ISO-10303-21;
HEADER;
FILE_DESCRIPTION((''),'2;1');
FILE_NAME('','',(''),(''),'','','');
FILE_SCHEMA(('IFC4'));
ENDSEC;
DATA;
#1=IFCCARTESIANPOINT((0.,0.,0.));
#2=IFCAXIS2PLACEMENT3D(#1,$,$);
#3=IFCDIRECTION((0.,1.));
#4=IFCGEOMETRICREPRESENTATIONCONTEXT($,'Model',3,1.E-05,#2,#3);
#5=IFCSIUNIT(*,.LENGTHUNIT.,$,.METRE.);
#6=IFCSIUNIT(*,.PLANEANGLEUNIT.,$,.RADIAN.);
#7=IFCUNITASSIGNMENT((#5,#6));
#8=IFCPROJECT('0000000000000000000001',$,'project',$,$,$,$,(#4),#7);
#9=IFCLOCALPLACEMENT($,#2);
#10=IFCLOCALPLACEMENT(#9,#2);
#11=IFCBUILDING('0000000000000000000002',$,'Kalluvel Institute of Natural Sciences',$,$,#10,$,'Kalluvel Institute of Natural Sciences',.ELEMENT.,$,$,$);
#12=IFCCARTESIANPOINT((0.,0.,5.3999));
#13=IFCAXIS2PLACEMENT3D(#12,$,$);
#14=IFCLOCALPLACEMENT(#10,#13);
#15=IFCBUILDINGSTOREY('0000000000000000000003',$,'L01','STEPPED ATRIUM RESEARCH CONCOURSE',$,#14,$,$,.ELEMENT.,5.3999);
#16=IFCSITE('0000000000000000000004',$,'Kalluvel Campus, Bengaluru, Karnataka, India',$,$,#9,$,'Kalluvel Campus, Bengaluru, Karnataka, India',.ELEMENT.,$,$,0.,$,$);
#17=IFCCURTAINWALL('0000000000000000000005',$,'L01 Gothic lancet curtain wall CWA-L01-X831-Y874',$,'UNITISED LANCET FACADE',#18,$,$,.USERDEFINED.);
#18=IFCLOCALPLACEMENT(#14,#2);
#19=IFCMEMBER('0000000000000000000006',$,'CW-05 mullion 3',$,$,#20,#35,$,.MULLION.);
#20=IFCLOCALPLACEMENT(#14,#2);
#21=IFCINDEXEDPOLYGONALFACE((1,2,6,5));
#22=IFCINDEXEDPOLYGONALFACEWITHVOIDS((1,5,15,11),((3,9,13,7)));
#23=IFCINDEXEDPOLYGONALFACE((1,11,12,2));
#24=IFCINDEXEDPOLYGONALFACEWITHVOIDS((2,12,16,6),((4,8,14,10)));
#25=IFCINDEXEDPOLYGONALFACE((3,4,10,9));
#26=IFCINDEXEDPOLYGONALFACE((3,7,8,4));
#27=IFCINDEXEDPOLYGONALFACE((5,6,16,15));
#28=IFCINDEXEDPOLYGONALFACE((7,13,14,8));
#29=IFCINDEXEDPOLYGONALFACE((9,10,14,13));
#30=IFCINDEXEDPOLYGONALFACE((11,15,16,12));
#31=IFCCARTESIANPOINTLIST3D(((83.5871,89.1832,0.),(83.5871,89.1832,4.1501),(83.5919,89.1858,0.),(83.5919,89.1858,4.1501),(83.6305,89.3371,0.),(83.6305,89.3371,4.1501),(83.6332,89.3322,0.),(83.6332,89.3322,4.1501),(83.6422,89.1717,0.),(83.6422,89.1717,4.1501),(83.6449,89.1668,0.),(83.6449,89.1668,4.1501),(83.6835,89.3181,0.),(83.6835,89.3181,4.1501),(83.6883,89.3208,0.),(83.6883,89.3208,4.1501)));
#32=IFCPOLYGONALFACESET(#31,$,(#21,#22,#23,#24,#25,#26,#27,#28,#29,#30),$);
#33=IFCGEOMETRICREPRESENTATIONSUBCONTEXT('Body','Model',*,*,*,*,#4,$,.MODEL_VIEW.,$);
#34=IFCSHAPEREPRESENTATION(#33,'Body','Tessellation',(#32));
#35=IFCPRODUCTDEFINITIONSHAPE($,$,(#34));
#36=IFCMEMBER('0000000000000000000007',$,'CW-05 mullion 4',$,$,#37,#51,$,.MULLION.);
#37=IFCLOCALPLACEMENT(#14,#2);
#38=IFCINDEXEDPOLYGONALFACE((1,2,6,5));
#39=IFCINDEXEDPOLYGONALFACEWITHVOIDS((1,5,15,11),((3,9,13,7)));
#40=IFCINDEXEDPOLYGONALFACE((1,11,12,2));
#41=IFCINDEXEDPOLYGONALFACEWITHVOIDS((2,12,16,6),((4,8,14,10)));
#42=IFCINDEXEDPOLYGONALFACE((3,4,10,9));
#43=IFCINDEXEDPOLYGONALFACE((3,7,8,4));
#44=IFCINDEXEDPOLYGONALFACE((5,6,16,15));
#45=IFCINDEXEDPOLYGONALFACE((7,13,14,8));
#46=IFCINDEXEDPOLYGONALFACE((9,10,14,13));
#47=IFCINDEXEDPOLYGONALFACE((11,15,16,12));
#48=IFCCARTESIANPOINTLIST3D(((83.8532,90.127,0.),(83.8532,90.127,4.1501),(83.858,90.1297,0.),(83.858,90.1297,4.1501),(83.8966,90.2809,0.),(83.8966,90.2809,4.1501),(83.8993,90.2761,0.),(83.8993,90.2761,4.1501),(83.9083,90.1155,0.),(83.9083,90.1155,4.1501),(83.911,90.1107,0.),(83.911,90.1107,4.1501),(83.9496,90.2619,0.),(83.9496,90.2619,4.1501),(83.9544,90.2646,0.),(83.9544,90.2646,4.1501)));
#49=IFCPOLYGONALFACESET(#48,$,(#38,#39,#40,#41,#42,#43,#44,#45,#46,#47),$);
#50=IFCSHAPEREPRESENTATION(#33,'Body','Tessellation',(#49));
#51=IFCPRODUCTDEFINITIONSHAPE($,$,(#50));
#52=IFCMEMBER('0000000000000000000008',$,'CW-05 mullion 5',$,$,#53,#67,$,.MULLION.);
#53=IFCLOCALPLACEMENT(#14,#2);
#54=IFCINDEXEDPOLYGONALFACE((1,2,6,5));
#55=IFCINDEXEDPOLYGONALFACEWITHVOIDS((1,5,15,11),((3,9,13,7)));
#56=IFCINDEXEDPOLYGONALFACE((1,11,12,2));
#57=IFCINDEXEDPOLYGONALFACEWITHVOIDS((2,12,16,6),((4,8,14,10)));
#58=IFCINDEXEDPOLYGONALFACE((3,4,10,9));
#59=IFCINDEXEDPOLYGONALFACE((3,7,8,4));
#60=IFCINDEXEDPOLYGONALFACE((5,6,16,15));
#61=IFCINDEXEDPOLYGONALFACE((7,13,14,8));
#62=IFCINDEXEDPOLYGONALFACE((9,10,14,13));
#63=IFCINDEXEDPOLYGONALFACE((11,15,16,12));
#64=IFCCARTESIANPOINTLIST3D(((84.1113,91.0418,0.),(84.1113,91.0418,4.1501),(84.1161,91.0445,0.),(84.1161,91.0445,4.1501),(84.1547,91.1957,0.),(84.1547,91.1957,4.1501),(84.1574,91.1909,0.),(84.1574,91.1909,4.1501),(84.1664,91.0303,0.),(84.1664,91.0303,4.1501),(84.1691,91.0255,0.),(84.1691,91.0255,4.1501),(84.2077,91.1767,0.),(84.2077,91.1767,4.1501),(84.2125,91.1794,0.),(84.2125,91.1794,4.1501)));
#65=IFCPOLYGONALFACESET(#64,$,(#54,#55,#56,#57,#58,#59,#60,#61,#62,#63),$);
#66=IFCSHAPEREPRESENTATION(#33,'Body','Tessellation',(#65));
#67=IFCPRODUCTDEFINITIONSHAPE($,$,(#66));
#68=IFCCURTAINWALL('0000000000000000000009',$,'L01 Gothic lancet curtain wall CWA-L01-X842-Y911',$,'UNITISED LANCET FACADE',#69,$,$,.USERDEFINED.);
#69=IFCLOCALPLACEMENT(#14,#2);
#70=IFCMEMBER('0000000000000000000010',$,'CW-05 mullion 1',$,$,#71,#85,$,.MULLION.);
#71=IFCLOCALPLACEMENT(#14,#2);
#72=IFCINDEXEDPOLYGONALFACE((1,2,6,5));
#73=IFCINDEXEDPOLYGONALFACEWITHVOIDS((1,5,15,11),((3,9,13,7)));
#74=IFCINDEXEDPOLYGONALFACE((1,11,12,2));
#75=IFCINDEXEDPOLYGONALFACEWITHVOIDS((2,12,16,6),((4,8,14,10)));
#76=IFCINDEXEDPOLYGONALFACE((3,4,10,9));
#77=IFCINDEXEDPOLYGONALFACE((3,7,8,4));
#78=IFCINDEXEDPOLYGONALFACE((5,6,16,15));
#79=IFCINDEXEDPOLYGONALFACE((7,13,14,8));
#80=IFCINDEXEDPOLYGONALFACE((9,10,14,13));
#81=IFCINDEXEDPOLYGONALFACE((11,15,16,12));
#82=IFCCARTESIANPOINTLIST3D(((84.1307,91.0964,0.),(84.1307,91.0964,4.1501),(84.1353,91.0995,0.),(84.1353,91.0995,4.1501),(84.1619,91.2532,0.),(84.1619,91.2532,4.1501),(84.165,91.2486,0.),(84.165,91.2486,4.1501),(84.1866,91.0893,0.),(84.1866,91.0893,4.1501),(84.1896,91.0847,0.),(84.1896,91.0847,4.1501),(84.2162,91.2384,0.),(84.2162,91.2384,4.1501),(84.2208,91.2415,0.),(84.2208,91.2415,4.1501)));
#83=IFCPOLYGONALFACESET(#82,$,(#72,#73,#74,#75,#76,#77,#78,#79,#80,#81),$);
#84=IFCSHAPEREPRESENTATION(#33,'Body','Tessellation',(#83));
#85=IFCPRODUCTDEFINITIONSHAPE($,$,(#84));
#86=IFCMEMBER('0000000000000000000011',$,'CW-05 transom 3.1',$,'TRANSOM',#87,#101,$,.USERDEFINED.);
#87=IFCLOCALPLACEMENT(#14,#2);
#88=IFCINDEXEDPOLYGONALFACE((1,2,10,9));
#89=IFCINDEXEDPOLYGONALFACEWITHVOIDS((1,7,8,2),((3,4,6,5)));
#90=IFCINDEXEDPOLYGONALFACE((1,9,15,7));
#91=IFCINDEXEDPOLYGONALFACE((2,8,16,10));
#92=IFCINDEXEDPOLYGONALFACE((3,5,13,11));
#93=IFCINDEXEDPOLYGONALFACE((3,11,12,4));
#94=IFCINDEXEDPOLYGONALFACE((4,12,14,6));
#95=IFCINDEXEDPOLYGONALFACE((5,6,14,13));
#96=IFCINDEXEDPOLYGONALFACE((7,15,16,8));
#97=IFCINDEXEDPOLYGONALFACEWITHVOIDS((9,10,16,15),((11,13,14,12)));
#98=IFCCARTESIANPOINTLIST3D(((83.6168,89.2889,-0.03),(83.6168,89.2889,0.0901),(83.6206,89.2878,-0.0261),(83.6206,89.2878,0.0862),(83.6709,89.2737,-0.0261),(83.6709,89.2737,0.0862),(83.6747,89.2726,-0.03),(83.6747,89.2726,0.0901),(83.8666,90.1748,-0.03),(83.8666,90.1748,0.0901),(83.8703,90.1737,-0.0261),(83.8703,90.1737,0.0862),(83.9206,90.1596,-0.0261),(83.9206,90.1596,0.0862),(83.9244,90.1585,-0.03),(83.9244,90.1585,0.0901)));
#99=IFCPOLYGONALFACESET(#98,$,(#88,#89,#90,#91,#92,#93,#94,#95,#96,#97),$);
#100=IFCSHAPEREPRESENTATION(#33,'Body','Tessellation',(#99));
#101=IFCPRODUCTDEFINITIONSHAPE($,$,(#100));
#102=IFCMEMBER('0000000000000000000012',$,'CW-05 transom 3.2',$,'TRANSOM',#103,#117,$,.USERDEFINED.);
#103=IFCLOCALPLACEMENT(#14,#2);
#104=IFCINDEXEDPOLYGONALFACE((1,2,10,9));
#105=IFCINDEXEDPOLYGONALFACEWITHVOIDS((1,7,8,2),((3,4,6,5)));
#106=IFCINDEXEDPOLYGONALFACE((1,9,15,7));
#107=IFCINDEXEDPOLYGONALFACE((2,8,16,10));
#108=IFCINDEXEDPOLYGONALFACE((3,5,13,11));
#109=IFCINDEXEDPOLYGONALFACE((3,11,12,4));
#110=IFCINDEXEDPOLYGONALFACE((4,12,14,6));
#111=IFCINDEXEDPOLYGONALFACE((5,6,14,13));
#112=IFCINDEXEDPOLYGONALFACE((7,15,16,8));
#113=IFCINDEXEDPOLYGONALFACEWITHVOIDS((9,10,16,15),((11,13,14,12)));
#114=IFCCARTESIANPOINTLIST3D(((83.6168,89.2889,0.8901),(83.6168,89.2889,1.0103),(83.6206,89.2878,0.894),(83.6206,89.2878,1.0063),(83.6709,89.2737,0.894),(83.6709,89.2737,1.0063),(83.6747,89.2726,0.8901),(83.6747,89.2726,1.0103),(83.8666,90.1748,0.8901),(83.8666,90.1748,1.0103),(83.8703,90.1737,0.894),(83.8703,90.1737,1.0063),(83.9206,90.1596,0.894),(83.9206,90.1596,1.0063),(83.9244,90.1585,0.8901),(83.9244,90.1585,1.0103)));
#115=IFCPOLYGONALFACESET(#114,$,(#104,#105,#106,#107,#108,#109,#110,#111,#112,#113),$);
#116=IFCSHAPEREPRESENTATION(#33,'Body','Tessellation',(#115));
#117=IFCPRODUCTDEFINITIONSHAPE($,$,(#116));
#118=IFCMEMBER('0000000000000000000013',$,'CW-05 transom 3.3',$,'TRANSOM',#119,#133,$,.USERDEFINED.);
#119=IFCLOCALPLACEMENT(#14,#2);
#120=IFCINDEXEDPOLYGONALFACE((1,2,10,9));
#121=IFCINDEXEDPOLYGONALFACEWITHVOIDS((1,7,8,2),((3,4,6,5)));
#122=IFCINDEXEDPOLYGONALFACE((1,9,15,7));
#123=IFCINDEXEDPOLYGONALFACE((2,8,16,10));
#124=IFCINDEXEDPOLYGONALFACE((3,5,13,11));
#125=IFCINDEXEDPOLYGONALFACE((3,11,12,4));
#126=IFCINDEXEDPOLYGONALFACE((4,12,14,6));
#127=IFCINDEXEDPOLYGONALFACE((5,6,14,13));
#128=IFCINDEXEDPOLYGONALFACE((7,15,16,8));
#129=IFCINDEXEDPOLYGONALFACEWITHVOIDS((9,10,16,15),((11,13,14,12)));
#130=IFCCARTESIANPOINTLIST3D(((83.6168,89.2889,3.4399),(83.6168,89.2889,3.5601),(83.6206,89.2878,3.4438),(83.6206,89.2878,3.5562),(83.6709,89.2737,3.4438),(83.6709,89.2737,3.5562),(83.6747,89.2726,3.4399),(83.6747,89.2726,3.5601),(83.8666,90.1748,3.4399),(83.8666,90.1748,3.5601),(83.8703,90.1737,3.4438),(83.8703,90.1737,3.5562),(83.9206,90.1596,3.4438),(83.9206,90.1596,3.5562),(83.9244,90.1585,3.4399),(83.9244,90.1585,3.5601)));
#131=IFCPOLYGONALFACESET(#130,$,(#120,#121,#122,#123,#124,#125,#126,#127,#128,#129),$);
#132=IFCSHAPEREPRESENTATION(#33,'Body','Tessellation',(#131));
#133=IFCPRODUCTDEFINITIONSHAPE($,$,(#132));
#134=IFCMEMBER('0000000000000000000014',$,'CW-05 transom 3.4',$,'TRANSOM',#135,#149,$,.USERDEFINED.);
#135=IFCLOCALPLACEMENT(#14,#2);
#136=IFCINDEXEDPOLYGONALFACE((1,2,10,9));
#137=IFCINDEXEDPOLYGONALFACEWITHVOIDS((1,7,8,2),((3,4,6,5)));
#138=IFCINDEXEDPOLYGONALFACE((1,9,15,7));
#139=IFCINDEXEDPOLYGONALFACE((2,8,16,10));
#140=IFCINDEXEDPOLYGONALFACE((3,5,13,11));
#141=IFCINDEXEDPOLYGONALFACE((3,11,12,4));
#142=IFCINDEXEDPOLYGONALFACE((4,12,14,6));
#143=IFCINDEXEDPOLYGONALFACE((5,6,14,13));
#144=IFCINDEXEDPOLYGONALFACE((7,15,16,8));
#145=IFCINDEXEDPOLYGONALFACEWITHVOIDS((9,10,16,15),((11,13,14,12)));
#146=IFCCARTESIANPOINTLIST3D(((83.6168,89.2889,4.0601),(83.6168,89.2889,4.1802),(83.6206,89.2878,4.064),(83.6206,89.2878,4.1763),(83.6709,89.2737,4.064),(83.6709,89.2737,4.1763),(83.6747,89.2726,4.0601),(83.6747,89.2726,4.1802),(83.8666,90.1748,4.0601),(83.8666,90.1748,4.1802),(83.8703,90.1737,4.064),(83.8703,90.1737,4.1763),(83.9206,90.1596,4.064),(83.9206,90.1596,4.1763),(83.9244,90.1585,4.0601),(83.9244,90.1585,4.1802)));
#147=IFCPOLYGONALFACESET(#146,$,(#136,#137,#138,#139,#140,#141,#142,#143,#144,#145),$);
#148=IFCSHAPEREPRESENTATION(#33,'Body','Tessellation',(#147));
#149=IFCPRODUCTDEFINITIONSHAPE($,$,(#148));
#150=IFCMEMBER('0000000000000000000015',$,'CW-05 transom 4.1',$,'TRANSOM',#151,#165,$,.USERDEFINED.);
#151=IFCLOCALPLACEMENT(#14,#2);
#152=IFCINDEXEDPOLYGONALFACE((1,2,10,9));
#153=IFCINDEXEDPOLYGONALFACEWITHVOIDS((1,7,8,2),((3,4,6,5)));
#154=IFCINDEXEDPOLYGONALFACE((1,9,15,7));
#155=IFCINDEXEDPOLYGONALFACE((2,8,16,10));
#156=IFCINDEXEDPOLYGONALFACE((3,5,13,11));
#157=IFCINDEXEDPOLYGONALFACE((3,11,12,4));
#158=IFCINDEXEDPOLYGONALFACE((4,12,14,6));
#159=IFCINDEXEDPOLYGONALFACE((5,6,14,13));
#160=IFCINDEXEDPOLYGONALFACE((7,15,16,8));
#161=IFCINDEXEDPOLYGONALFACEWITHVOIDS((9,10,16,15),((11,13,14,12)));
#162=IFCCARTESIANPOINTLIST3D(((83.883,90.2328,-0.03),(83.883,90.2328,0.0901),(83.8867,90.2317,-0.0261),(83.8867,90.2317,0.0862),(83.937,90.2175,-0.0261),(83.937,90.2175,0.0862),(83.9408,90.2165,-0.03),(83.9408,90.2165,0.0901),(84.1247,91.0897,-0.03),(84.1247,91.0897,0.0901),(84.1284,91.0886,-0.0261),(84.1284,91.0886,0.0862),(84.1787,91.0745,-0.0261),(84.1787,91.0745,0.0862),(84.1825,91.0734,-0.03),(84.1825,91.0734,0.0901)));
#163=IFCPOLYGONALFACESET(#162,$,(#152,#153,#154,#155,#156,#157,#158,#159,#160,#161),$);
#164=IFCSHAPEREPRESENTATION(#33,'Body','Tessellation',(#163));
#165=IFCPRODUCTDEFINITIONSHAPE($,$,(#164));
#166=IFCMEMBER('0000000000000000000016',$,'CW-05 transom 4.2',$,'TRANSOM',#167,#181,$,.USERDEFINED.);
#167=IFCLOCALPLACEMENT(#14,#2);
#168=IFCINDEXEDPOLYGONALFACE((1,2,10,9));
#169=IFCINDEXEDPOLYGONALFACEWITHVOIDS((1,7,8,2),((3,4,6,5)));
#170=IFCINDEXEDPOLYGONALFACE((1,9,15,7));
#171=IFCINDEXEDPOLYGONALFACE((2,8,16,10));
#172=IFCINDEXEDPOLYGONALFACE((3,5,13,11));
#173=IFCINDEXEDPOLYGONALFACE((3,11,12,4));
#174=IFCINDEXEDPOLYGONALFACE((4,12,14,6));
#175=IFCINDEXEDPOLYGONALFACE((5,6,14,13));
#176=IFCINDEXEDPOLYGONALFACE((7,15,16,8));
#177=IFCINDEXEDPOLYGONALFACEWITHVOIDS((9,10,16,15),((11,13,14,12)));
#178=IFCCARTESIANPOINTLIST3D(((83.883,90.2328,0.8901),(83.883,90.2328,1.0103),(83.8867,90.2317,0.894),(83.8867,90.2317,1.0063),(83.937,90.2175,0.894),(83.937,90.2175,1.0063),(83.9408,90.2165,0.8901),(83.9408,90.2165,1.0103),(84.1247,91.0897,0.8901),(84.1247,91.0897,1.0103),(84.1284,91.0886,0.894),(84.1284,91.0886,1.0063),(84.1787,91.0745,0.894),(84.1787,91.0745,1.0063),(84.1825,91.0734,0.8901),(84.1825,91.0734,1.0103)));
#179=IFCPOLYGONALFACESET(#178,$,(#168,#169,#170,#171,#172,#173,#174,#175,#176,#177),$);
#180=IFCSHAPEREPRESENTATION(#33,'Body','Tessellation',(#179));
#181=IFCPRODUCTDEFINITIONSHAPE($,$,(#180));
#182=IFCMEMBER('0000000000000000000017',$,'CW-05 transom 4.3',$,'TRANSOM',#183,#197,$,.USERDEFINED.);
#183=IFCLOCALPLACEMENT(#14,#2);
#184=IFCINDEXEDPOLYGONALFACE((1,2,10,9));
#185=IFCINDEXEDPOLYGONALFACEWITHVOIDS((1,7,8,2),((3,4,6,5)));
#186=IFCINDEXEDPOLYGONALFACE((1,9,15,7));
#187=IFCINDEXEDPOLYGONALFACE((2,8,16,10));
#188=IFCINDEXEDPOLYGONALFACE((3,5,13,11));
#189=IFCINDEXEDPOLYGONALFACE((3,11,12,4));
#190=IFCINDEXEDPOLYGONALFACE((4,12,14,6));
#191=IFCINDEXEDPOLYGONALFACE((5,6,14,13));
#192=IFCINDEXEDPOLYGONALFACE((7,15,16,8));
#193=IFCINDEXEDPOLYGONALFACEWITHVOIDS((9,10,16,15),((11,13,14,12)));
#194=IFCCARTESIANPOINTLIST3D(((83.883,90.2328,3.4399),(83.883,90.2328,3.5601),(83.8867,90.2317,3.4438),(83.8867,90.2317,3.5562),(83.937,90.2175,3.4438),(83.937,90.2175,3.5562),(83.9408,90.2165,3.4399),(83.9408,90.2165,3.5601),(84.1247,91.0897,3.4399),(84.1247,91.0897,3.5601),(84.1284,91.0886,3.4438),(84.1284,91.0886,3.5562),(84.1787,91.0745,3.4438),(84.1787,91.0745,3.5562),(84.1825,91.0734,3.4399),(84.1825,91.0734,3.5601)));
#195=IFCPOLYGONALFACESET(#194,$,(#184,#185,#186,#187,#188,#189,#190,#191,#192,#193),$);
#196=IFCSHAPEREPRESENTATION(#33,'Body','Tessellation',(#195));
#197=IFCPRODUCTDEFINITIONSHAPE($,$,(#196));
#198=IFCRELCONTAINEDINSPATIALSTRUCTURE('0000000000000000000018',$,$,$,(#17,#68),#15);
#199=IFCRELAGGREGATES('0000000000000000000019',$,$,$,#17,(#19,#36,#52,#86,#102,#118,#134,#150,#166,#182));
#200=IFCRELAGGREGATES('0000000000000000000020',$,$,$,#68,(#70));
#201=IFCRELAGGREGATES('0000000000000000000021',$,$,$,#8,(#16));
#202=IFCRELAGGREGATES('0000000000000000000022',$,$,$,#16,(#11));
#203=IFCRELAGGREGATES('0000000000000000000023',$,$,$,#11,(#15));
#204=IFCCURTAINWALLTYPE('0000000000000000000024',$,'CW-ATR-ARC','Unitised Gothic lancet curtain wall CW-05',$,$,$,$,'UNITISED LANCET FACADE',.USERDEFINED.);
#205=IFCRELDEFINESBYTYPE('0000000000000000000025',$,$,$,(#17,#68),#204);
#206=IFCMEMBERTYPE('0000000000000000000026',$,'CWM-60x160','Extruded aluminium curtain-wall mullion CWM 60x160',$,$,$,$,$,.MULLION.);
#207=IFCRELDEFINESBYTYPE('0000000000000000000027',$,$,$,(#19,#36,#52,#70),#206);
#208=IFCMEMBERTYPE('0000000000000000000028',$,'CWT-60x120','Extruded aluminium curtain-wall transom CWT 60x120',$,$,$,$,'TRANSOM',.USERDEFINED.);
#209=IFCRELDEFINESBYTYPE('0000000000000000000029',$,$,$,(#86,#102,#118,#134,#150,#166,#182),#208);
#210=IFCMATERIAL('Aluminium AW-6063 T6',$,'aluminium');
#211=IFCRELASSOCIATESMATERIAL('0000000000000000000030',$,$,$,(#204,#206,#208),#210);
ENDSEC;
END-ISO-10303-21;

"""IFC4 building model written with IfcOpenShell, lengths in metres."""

from ifc_helpers import new_model, si_unit, direction, frame, origin, origin_2d, place, context, subcontext, project, spatial, hollow_rectangle, extrude, material, material_profile, profile_set, type_object, element, aggregate, save


model = new_model("IFC4")

# Units and contexts
model_context = context("Model", 3, precision=1e-05, world=origin(), true_north=direction((0.0, 1.0)))
body_context = subcontext(model_context, "Body", "Model", "MODEL_VIEW")
ifc_project = project(units=[si_unit("LENGTHUNIT", "METRE"), si_unit("PLANEANGLEUNIT", "RADIAN")], contexts=[model_context])

# Site, building, storey
site_placement = place(None, origin())
site = spatial("IfcSite", under=ifc_project, at=site_placement, Name="Kalluvel Campus, Bengaluru, Karnataka, India", LongName="Kalluvel Campus, Bengaluru, Karnataka, India", CompositionType="ELEMENT", RefElevation=0.0)
building_placement = place(site_placement, origin())
building = spatial("IfcBuilding", under=site, at=building_placement, Name="Kalluvel Institute of Natural Sciences", LongName="Kalluvel Institute of Natural Sciences", CompositionType="ELEMENT")
storey_placement = place(building_placement, frame((0.0, 0.0, 5.3999)))
storey = spatial("IfcBuildingStorey", under=building, at=storey_placement, Name="L01", Description="STEPPED ATRIUM RESEARCH CONCOURSE", CompositionType="ELEMENT", Elevation=5.3999)

# Curtain wall, members
ifc_material_1 = material(Name="Aluminium AW-6063 T6", Category="aluminium")
curtain_wall_type = type_object("IfcCurtainWallType", Name="CW-ATR-ARC", Description="Unitised Gothic lancet curtain wall CW-05", ElementType="UNITISED LANCET FACADE", PredefinedType="USERDEFINED", material=ifc_material_1)
curtain_wall_1_placement = place(storey_placement, origin())
curtain_wall_1 = element("IfcCurtainWall", 1, at=curtain_wall_1_placement, inside=storey, type_object=curtain_wall_type, Name="L01 Gothic lancet curtain wall CWA-L01-X831-Y874", ObjectType="UNITISED LANCET FACADE", PredefinedType="USERDEFINED")
ifc_material_profile_1 = material_profile(ifc_material_1, hollow_rectangle(XDim=0.0601, YDim=0.1599, WallThickness=0.0039, at=origin_2d()), Name="CWM 60x160")
ifc_profile_set_1 = profile_set([ifc_material_profile_1], Name="Aluminium AW-6063 T6")
member_type_1 = type_object("IfcMemberType", Name="CWM-60x160", Description="Extruded aluminium curtain-wall mullion CWM 60x160", PredefinedType="MULLION", material=ifc_profile_set_1)
member_1_placement = place(storey_placement, frame((83.6377, 89.252, 0.0), z_axis=(0.0, 0.0, 1.0), x_axis=(-0.962455, 0.27144, 0.0)))
member_1 = element("IfcMember", 2, at=member_1_placement, type_object=member_type_1, Name="CW-05 mullion 3", PredefinedType="MULLION", context=body_context, shape_type="SweptSolid", body=[
    extrude(hollow_rectangle(XDim=0.0601, YDim=0.1599, WallThickness=0.0039, at=origin_2d()), origin(), (0.0, 0.0, 1.0), 4.1501),
])
member_2_placement = place(storey_placement, frame((83.9038, 90.1958, 0.0), z_axis=(0.0, 0.0, 1.0), x_axis=(-0.962455, 0.27144, 0.0)))
member_2 = element("IfcMember", 3, at=member_2_placement, type_object=member_type_1, Name="CW-05 mullion 4", PredefinedType="MULLION", context=body_context, shape_type="SweptSolid", body=[
    extrude(hollow_rectangle(XDim=0.0601, YDim=0.1599, WallThickness=0.0039, at=origin_2d()), origin(), (0.0, 0.0, 1.0), 4.1501),
])
member_3_placement = place(storey_placement, frame((84.1619, 91.1106, 0.0), z_axis=(0.0, 0.0, 1.0), x_axis=(-0.962455, 0.27144, 0.0)))
member_3 = element("IfcMember", 4, at=member_3_placement, type_object=member_type_1, Name="CW-05 mullion 5", PredefinedType="MULLION", context=body_context, shape_type="SweptSolid", body=[
    extrude(hollow_rectangle(XDim=0.0601, YDim=0.1599, WallThickness=0.0039, at=origin_2d()), origin(), (0.0, 0.0, 1.0), 4.1501),
])

# Curtain wall, member
curtain_wall_2_placement = place(storey_placement, origin())
curtain_wall_2 = element("IfcCurtainWall", 5, at=curtain_wall_2_placement, inside=storey, type_object=curtain_wall_type, Name="L01 Gothic lancet curtain wall CWA-L01-X842-Y911", ObjectType="UNITISED LANCET FACADE", PredefinedType="USERDEFINED")
member_4_placement = place(storey_placement, frame((84.1758, 91.1689, 0.0), z_axis=(0.0, 0.0, 1.0), x_axis=(-0.980788, 0.195077, 0.0)))
member_4 = element("IfcMember", 6, at=member_4_placement, type_object=member_type_1, Name="CW-05 mullion 1", PredefinedType="MULLION", context=body_context, shape_type="SweptSolid", body=[
    extrude(hollow_rectangle(XDim=0.0601, YDim=0.1599, WallThickness=0.0039, at=origin_2d()), origin(), (0.0, 0.0, 1.0), 4.1501),
])

# Members
ifc_material_profile_2 = material_profile(ifc_material_1, hollow_rectangle(XDim=0.0601, YDim=0.1201, WallThickness=0.0039, at=origin_2d()), Name="CWT 60x120")
ifc_profile_set_2 = profile_set([ifc_material_profile_2], Name="Aluminium AW-6063 T6")
member_type_2 = type_object("IfcMemberType", Name="CWT-60x120", Description="Extruded aluminium curtain-wall transom CWT 60x120", ElementType="TRANSOM", PredefinedType="USERDEFINED", material=ifc_profile_set_2)
member_5_placement = place(storey_placement, frame((83.6458, 89.2808, 0.03), z_axis=(0.271322, 0.962489, 0.0), x_axis=(-0.962489, 0.271322, 0.0)))
member_5 = element("IfcMember", 7, at=member_5_placement, type_object=member_type_2, Name="CW-05 transom 3.1", ObjectType="TRANSOM", PredefinedType="USERDEFINED", context=body_context, shape_type="SweptSolid", body=[
    extrude(hollow_rectangle(XDim=0.0601, YDim=0.1201, WallThickness=0.0039, at=origin_2d()), origin(), (0.0, 0.0, 1.0), 0.9204),
])
member_6_placement = place(storey_placement, frame((83.6458, 89.2808, 0.9502), z_axis=(0.271322, 0.962489, 0.0), x_axis=(-0.962489, 0.271322, 0.0)))
member_6 = element("IfcMember", 8, at=member_6_placement, type_object=member_type_2, Name="CW-05 transom 3.2", ObjectType="TRANSOM", PredefinedType="USERDEFINED", context=body_context, shape_type="SweptSolid", body=[
    extrude(hollow_rectangle(XDim=0.0601, YDim=0.1201, WallThickness=0.0039, at=origin_2d()), origin(), (0.0, 0.0, 1.0), 0.9204),
])
member_7_placement = place(storey_placement, frame((83.6458, 89.2808, 3.5), z_axis=(0.271322, 0.962489, 0.0), x_axis=(-0.962489, 0.271322, 0.0)))
member_7 = element("IfcMember", 9, at=member_7_placement, type_object=member_type_2, Name="CW-05 transom 3.3", ObjectType="TRANSOM", PredefinedType="USERDEFINED", context=body_context, shape_type="SweptSolid", body=[
    extrude(hollow_rectangle(XDim=0.0601, YDim=0.1201, WallThickness=0.0039, at=origin_2d()), origin(), (0.0, 0.0, 1.0), 0.9204),
])
member_8_placement = place(storey_placement, frame((83.6458, 89.2808, 4.1201), z_axis=(0.271322, 0.962489, 0.0), x_axis=(-0.962489, 0.271322, 0.0)))
member_8 = element("IfcMember", 10, at=member_8_placement, type_object=member_type_2, Name="CW-05 transom 3.4", ObjectType="TRANSOM", PredefinedType="USERDEFINED", context=body_context, shape_type="SweptSolid", body=[
    extrude(hollow_rectangle(XDim=0.0601, YDim=0.1201, WallThickness=0.0039, at=origin_2d()), origin(), (0.0, 0.0, 1.0), 0.9204),
])
member_9_placement = place(storey_placement, frame((83.9119, 90.2246, 0.03), z_axis=(0.27146, 0.96245, 0.0), x_axis=(-0.96245, 0.27146, 0.0)))
member_9 = element("IfcMember", 11, at=member_9_placement, type_object=member_type_2, Name="CW-05 transom 4.1", ObjectType="TRANSOM", PredefinedType="USERDEFINED", context=body_context, shape_type="SweptSolid", body=[
    extrude(hollow_rectangle(XDim=0.0601, YDim=0.1201, WallThickness=0.0039, at=origin_2d()), origin(), (0.0, 0.0, 1.0), 0.8904),
])
member_10_placement = place(storey_placement, frame((83.9119, 90.2246, 0.9502), z_axis=(0.27146, 0.96245, 0.0), x_axis=(-0.96245, 0.27146, 0.0)))
member_10 = element("IfcMember", 12, at=member_10_placement, type_object=member_type_2, Name="CW-05 transom 4.2", ObjectType="TRANSOM", PredefinedType="USERDEFINED", context=body_context, shape_type="SweptSolid", body=[
    extrude(hollow_rectangle(XDim=0.0601, YDim=0.1201, WallThickness=0.0039, at=origin_2d()), origin(), (0.0, 0.0, 1.0), 0.8904),
])
member_11_placement = place(storey_placement, frame((83.9119, 90.2246, 3.5), z_axis=(0.27146, 0.96245, 0.0), x_axis=(-0.96245, 0.27146, 0.0)))
member_11 = element("IfcMember", 13, at=member_11_placement, type_object=member_type_2, Name="CW-05 transom 4.3", ObjectType="TRANSOM", PredefinedType="USERDEFINED", context=body_context, shape_type="SweptSolid", body=[
    extrude(hollow_rectangle(XDim=0.0601, YDim=0.1201, WallThickness=0.0039, at=origin_2d()), origin(), (0.0, 0.0, 1.0), 0.8904),
])

aggregate(curtain_wall_1, [member_1, member_2, member_3, member_5, member_6, member_7, member_8, member_9, member_10, member_11])
aggregate(curtain_wall_2, [member_4])

save(model, "model.ifc")
